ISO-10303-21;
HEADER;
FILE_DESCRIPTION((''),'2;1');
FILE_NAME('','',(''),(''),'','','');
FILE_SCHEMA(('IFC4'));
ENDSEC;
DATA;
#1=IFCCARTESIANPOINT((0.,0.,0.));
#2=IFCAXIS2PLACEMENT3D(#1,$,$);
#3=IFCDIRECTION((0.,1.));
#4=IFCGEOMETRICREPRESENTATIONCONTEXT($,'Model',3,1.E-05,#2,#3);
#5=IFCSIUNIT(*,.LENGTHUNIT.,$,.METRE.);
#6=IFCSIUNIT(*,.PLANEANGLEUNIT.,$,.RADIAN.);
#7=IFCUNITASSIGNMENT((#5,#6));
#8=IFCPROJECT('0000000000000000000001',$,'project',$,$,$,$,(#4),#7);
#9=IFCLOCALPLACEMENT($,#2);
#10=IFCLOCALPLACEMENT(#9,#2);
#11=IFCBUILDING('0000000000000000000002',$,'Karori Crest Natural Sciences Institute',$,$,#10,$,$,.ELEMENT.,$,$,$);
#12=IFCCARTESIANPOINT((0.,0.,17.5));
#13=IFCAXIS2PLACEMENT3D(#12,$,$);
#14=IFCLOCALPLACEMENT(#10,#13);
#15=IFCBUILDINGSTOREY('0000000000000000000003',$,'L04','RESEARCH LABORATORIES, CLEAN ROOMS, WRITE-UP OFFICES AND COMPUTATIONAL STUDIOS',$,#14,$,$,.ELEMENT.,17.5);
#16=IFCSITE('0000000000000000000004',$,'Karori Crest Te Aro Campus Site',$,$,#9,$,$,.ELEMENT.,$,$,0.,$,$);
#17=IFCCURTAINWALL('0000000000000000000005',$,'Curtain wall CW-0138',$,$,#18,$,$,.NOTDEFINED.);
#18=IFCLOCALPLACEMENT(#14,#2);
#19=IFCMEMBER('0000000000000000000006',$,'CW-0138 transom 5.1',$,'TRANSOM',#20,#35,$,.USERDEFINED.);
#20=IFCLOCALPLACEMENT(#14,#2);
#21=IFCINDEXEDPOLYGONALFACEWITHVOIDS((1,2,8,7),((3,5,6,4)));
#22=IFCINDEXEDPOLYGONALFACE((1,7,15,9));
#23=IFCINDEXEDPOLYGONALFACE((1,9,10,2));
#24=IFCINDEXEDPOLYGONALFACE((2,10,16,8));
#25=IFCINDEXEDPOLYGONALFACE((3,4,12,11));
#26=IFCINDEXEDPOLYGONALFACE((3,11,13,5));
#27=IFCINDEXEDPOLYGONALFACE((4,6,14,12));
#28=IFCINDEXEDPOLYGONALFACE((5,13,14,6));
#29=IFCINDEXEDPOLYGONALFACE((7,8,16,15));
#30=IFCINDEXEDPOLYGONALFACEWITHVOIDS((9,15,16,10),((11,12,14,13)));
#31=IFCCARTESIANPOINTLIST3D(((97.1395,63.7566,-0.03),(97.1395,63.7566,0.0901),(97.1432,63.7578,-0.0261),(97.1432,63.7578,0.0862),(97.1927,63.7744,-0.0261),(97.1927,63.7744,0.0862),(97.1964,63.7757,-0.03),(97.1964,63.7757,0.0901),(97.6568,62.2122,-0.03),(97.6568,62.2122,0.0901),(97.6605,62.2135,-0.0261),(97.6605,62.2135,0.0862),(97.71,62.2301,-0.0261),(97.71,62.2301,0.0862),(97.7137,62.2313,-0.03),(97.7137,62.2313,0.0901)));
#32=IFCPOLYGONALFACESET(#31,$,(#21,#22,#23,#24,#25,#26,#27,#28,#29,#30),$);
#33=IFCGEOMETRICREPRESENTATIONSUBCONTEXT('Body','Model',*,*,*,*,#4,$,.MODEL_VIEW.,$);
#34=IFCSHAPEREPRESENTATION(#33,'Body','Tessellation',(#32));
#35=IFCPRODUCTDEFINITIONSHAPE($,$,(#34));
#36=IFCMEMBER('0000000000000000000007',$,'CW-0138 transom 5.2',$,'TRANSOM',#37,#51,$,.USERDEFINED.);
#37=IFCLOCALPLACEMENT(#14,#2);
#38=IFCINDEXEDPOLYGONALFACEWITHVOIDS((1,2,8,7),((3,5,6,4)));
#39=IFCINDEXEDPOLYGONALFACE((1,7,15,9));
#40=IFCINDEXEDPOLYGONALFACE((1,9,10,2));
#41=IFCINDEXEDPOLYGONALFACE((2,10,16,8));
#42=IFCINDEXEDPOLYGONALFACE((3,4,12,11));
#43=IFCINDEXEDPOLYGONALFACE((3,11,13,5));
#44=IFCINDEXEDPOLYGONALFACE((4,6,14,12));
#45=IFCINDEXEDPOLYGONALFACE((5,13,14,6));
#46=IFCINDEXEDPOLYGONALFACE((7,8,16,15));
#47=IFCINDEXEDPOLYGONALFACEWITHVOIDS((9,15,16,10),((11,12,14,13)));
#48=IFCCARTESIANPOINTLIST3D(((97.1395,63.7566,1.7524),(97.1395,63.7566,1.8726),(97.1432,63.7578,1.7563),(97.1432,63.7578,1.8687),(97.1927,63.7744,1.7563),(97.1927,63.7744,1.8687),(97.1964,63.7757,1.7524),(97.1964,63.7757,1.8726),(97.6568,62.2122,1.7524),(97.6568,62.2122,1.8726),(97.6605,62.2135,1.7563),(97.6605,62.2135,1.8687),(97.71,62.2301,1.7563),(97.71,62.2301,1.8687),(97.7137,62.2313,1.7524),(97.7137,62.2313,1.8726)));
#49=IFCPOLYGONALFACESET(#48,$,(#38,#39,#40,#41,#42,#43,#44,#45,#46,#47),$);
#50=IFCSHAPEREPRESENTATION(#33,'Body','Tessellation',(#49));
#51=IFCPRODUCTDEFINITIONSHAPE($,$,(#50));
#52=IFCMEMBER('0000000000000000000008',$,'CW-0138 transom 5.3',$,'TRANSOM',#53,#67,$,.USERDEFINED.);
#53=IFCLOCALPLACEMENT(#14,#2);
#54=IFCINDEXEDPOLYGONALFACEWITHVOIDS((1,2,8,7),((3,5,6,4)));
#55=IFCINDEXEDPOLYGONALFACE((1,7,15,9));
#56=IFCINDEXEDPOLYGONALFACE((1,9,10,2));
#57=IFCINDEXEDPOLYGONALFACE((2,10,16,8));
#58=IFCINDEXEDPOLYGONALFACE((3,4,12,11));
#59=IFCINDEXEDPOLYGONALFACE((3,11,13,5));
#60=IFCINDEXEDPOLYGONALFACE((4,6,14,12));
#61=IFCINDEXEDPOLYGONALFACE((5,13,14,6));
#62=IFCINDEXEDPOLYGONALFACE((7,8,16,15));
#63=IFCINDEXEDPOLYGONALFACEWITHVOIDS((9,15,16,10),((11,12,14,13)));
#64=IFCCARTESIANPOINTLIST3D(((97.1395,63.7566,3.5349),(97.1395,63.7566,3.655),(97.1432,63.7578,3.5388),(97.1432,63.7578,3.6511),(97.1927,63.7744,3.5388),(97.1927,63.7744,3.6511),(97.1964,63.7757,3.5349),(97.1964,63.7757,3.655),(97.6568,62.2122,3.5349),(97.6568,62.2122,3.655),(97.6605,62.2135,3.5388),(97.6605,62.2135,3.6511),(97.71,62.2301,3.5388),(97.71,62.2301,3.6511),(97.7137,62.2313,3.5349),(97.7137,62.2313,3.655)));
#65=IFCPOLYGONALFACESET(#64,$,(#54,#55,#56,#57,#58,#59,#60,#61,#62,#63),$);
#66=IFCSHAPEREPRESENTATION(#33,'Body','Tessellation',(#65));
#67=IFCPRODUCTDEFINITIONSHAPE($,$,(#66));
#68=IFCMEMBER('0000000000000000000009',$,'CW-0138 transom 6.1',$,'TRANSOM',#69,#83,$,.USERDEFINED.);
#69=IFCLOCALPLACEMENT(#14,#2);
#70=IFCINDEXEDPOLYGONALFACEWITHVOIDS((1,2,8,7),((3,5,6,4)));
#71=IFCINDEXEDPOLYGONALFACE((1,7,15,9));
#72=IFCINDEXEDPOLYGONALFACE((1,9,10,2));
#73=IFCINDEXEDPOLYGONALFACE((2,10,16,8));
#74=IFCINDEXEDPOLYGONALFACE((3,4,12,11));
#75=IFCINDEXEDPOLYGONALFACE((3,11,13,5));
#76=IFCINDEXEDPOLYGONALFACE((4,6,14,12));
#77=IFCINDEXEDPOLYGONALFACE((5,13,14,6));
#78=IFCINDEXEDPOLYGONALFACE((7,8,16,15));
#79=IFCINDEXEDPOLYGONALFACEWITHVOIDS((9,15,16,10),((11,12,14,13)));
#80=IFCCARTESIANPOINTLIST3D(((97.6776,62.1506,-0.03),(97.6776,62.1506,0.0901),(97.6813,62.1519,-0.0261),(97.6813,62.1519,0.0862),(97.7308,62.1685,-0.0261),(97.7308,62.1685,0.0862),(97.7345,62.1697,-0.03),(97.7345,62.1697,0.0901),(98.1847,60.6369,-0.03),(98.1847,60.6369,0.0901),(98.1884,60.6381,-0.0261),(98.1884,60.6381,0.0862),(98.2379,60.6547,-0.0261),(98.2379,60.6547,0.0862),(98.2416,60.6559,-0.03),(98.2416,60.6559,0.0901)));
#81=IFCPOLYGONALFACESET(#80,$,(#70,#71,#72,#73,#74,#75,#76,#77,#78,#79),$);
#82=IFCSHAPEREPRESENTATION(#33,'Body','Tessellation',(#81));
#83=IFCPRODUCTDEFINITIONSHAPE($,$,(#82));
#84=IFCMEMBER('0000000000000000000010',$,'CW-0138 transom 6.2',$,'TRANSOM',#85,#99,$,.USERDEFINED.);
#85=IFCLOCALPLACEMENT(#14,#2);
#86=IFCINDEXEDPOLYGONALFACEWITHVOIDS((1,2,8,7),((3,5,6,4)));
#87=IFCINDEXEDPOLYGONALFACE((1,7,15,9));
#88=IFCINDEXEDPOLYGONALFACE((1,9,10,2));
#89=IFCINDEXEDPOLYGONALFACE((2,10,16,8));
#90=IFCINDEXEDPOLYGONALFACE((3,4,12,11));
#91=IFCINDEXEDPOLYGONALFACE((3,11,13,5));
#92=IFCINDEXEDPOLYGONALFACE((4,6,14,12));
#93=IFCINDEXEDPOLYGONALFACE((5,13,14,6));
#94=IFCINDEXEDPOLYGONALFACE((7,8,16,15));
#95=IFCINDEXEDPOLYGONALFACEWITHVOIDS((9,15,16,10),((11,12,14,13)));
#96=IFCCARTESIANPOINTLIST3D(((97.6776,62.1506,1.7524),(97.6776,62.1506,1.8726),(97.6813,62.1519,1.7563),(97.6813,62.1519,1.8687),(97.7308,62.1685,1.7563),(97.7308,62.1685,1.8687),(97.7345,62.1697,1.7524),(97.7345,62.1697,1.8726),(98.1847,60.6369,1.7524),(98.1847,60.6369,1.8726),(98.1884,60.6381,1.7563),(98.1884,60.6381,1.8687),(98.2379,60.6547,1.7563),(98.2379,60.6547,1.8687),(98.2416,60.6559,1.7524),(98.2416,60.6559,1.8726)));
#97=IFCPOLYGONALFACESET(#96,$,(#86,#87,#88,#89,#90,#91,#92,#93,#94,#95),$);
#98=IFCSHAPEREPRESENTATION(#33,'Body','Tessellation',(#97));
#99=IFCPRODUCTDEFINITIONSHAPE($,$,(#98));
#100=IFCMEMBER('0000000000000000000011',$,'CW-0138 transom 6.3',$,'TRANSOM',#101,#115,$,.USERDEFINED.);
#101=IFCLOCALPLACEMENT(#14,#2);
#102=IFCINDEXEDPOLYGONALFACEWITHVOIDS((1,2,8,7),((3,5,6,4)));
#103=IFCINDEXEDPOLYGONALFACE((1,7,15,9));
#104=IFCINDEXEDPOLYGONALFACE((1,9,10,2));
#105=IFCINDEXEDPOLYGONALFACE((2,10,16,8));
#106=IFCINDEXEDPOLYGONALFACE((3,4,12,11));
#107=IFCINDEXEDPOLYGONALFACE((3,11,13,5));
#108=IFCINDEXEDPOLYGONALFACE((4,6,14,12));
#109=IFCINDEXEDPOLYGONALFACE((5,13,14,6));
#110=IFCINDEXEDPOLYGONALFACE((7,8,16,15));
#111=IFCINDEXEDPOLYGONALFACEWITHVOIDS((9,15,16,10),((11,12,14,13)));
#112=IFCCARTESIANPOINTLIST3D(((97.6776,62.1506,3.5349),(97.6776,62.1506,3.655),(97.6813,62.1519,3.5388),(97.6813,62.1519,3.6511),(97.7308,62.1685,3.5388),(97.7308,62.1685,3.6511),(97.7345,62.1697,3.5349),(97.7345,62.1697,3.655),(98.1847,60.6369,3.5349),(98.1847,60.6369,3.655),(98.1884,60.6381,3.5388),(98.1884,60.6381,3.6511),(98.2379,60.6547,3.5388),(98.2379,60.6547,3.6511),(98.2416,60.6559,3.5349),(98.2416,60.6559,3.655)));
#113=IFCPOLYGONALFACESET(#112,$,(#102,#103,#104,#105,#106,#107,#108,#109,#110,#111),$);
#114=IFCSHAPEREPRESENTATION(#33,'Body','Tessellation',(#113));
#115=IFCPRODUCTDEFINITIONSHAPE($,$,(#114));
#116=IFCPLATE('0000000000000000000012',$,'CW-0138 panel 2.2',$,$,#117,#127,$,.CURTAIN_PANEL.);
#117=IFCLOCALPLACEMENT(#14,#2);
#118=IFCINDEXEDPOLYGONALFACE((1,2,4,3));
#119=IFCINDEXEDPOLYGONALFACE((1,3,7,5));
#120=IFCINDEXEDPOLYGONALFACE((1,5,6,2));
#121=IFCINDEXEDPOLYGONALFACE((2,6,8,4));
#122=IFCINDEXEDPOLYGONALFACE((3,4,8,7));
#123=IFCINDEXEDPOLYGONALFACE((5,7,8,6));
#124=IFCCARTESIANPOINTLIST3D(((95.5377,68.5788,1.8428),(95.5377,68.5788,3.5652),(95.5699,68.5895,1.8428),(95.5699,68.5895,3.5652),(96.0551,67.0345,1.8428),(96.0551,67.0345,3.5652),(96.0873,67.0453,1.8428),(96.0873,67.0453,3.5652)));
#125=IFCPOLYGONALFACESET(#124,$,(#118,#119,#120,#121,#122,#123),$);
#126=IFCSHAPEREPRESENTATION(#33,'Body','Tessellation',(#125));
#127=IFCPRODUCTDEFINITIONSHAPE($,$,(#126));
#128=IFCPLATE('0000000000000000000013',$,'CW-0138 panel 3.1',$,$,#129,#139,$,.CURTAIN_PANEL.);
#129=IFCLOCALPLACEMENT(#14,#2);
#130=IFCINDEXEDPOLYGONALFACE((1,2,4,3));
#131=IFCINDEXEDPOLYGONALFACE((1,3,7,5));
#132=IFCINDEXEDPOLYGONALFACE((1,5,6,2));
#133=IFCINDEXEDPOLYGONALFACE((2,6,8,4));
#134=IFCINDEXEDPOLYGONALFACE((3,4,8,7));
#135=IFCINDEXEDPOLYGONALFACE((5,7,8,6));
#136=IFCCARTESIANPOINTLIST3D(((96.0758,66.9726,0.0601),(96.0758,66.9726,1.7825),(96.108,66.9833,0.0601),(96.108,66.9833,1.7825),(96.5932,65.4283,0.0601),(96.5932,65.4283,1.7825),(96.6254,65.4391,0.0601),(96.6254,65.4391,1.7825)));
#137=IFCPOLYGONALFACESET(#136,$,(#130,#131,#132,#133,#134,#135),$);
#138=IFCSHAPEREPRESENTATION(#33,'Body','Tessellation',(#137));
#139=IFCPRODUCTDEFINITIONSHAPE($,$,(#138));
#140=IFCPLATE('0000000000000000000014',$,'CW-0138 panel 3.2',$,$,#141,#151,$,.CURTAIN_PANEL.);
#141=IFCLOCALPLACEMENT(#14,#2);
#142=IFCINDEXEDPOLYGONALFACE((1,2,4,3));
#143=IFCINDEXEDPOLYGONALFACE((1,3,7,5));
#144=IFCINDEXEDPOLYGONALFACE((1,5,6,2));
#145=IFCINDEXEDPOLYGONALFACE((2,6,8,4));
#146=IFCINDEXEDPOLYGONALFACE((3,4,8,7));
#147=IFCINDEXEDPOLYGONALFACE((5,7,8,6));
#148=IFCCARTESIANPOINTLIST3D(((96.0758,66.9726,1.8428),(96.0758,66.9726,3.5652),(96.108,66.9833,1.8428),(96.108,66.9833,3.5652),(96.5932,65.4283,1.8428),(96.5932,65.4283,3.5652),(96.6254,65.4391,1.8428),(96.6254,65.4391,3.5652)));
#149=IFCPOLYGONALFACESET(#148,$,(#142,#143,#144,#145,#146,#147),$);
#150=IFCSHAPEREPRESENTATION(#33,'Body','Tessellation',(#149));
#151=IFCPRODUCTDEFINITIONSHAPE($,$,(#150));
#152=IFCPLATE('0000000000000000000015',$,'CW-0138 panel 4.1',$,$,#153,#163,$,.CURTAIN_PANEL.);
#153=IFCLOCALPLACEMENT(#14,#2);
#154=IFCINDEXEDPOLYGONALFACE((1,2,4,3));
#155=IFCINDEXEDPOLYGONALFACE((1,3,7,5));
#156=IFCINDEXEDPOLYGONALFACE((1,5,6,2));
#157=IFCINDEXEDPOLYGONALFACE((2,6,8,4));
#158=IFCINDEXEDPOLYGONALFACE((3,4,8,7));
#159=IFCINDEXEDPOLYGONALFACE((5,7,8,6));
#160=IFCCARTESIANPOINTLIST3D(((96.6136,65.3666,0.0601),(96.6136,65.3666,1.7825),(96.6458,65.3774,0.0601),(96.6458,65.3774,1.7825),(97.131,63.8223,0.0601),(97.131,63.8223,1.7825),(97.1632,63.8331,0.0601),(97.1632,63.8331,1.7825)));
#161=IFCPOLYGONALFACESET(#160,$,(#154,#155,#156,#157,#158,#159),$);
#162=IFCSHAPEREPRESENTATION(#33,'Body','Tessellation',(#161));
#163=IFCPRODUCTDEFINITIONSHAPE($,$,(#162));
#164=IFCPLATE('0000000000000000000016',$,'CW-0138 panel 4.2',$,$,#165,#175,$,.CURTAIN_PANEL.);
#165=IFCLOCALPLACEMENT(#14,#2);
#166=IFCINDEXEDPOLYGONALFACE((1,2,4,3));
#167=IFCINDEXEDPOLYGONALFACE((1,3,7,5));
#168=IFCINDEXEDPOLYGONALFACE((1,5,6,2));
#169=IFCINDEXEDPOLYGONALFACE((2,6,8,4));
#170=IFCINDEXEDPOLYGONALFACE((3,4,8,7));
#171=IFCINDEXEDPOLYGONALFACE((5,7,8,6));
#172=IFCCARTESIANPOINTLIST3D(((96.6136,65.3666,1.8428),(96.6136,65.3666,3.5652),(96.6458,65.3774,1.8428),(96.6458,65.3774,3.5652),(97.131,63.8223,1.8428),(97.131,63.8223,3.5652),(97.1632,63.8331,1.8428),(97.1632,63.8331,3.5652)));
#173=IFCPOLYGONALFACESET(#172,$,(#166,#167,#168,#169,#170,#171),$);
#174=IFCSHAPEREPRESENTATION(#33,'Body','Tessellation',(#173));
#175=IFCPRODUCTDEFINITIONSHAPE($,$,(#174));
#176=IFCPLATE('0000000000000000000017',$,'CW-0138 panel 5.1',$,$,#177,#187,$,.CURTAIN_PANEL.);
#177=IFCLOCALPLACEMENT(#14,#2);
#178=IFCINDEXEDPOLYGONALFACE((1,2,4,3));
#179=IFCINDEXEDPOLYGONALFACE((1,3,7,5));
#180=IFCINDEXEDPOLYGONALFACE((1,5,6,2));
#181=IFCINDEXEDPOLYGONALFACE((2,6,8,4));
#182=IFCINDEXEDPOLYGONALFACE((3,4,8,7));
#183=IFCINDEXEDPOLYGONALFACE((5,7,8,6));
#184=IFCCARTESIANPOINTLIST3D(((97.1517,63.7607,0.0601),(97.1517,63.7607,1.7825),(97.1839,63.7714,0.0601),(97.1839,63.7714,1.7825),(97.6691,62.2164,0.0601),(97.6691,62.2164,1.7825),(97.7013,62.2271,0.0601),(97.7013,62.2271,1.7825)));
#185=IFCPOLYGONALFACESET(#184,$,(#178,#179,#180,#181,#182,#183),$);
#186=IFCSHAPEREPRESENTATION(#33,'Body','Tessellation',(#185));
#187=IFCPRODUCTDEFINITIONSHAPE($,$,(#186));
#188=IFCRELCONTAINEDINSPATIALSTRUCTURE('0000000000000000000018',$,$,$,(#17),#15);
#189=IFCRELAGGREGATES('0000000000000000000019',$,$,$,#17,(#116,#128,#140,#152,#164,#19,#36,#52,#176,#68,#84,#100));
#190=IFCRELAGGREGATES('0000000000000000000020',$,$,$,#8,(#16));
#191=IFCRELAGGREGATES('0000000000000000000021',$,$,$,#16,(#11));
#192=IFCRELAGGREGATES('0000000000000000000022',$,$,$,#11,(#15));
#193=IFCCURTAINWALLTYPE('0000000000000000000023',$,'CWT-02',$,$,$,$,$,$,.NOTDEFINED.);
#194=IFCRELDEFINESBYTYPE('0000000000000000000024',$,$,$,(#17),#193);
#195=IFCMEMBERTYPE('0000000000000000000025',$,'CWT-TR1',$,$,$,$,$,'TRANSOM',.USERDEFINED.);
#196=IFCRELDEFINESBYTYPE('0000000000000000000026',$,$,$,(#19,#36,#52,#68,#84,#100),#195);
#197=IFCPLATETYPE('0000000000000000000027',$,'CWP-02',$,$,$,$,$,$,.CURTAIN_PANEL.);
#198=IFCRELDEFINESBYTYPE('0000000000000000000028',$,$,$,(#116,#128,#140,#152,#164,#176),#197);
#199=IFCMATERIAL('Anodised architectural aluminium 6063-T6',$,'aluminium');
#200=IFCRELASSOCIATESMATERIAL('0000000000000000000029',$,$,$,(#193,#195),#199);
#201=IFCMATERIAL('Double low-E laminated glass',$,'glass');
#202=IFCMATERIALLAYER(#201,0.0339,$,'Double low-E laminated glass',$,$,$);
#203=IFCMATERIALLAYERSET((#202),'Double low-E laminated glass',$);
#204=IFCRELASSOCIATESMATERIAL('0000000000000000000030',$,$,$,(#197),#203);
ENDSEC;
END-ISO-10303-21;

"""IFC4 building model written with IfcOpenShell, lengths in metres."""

from ifc_helpers import new_model, si_unit, direction, frame, origin, origin_2d, place, context, subcontext, project, spatial, rectangle, hollow_rectangle, extrude, material, layer, layer_set, material_profile, profile_set, type_object, element, aggregate, save


model = new_model("IFC4")

# Units and contexts
model_context = context("Model", 3, precision=1e-05, world=origin(), true_north=direction((0.0, 1.0)))
body_context = subcontext(model_context, "Body", "Model", "MODEL_VIEW")
ifc_project = project(units=[si_unit("LENGTHUNIT", "METRE"), si_unit("PLANEANGLEUNIT", "RADIAN")], contexts=[model_context])

# Site, building, storey
site_placement = place(None, origin())
site = spatial("IfcSite", under=ifc_project, at=site_placement, Name="Karori Crest Te Aro Campus Site", CompositionType="ELEMENT", RefElevation=0.0)
building_placement = place(site_placement, origin())
building = spatial("IfcBuilding", under=site, at=building_placement, Name="Karori Crest Natural Sciences Institute", CompositionType="ELEMENT")
storey_placement = place(building_placement, frame((0.0, 0.0, 17.5)))
storey = spatial("IfcBuildingStorey", under=building, at=storey_placement, Name="L04", Description="RESEARCH LABORATORIES, CLEAN ROOMS, WRITE-UP OFFICES AND COMPUTATIONAL STUDIOS", CompositionType="ELEMENT", Elevation=17.5)

# Curtain wall, members, plates
ifc_material_1 = material(Name="Anodised architectural aluminium 6063-T6", Category="aluminium")
curtain_wall_type = type_object("IfcCurtainWallType", Name="CWT-02", PredefinedType="NOTDEFINED", material=ifc_material_1)
curtain_wall_placement = place(storey_placement, origin())
curtain_wall = element("IfcCurtainWall", 1, at=curtain_wall_placement, inside=storey, type_object=curtain_wall_type, Name="Curtain wall CW-0138", PredefinedType="NOTDEFINED")
ifc_material_profile_1 = material_profile(ifc_material_1, hollow_rectangle(XDim=0.0601, YDim=0.1201, WallThickness=0.0039, at=origin_2d()), Name="CWT120x60x4")
ifc_profile_set_1 = profile_set([ifc_material_profile_1], Name="Anodised architectural aluminium 6063-T6")
member_type_1 = type_object("IfcMemberType", Name="CWT-TR1", ElementType="TRANSOM", PredefinedType="USERDEFINED", material=ifc_profile_set_1)
member_1_placement = place(storey_placement, frame((97.168, 63.7661, 0.03), z_axis=(0.317621, -0.948218, 0.0), x_axis=(0.948218, 0.317621, 0.0)))
member_1 = element("IfcMember", 2, at=member_1_placement, type_object=member_type_1, Name="CW-0138 transom 5.1", ObjectType="TRANSOM", PredefinedType="USERDEFINED", context=body_context, shape_type="SweptSolid", body=[
    extrude(hollow_rectangle(XDim=0.0601, YDim=0.1201, WallThickness=0.0039, at=origin_2d()), origin(), (0.0, 0.0, 1.0), 1.6287),
])
member_2_placement = place(storey_placement, frame((97.168, 63.7661, 1.8125), z_axis=(0.317621, -0.948218, 0.0), x_axis=(0.948218, 0.317621, 0.0)))
member_2 = element("IfcMember", 3, at=member_2_placement, type_object=member_type_1, Name="CW-0138 transom 5.2", ObjectType="TRANSOM", PredefinedType="USERDEFINED", context=body_context, shape_type="SweptSolid", body=[
    extrude(hollow_rectangle(XDim=0.0601, YDim=0.1201, WallThickness=0.0039, at=origin_2d()), origin(), (0.0, 0.0, 1.0), 1.6287),
])
member_3_placement = place(storey_placement, frame((97.168, 63.7661, 3.595), z_axis=(0.317621, -0.948218, 0.0), x_axis=(0.948218, 0.317621, 0.0)))
member_3 = element("IfcMember", 4, at=member_3_placement, type_object=member_type_1, Name="CW-0138 transom 5.3", ObjectType="TRANSOM", PredefinedType="USERDEFINED", context=body_context, shape_type="SweptSolid", body=[
    extrude(hollow_rectangle(XDim=0.0601, YDim=0.1201, WallThickness=0.0039, at=origin_2d()), origin(), (0.0, 0.0, 1.0), 1.6287),
])
member_4_placement = place(storey_placement, frame((97.7061, 62.1602, 0.03), z_axis=(0.31765, -0.948208, 0.0), x_axis=(0.948208, 0.31765, 0.0)))
member_4 = element("IfcMember", 5, at=member_4_placement, type_object=member_type_1, Name="CW-0138 transom 6.1", ObjectType="TRANSOM", PredefinedType="USERDEFINED", context=body_context, shape_type="SweptSolid", body=[
    extrude(hollow_rectangle(XDim=0.0601, YDim=0.1201, WallThickness=0.0039, at=origin_2d()), origin(), (0.0, 0.0, 1.0), 1.5964),
])
member_5_placement = place(storey_placement, frame((97.7061, 62.1602, 1.8125), z_axis=(0.31765, -0.948208, 0.0), x_axis=(0.948208, 0.31765, 0.0)))
member_5 = element("IfcMember", 6, at=member_5_placement, type_object=member_type_1, Name="CW-0138 transom 6.2", ObjectType="TRANSOM", PredefinedType="USERDEFINED", context=body_context, shape_type="SweptSolid", body=[
    extrude(hollow_rectangle(XDim=0.0601, YDim=0.1201, WallThickness=0.0039, at=origin_2d()), origin(), (0.0, 0.0, 1.0), 1.5964),
])
member_6_placement = place(storey_placement, frame((97.7061, 62.1602, 3.595), z_axis=(0.31765, -0.948208, 0.0), x_axis=(0.948208, 0.31765, 0.0)))
member_6 = element("IfcMember", 7, at=member_6_placement, type_object=member_type_1, Name="CW-0138 transom 6.3", ObjectType="TRANSOM", PredefinedType="USERDEFINED", context=body_context, shape_type="SweptSolid", body=[
    extrude(hollow_rectangle(XDim=0.0601, YDim=0.1201, WallThickness=0.0039, at=origin_2d()), origin(), (0.0, 0.0, 1.0), 1.5964),
])
ifc_material_2 = material(Name="Double low-E laminated glass", Category="glass")
ifc_layer_1 = layer(ifc_material_2, 0.0339, Name="Double low-E laminated glass")
ifc_layer_set_1 = layer_set([ifc_layer_1], Name="Double low-E laminated glass")
plate_type = type_object("IfcPlateType", Name="CWP-02", PredefinedType="CURTAIN_PANEL", material=ifc_layer_set_1)
plate_1_placement = place(storey_placement, frame((95.8125, 67.812, 1.8428), z_axis=(0.0, 0.0, 1.0), x_axis=(0.31768, -0.948198, 0.0)))
plate_1 = element("IfcPlate", 8, at=plate_1_placement, type_object=plate_type, Name="CW-0138 panel 2.2", PredefinedType="CURTAIN_PANEL", context=body_context, shape_type="SweptSolid", body=[
    extrude(rectangle(XDim=1.6287, YDim=0.0339, at=origin_2d()), origin(), (0.0, 0.0, 1.0), 1.7224),
])
plate_2_placement = place(storey_placement, frame((96.3506, 66.2058, 0.0601), z_axis=(0.0, 0.0, 1.0), x_axis=(0.31768, -0.948198, 0.0)))
plate_2 = element("IfcPlate", 9, at=plate_2_placement, type_object=plate_type, Name="CW-0138 panel 3.1", PredefinedType="CURTAIN_PANEL", context=body_context, shape_type="SweptSolid", body=[
    extrude(rectangle(XDim=1.6287, YDim=0.0339, at=origin_2d()), origin(), (0.0, 0.0, 1.0), 1.7224),
])
plate_3_placement = place(storey_placement, frame((96.3506, 66.2058, 1.8428), z_axis=(0.0, 0.0, 1.0), x_axis=(0.31768, -0.948198, 0.0)))
plate_3 = element("IfcPlate", 10, at=plate_3_placement, type_object=plate_type, Name="CW-0138 panel 3.2", PredefinedType="CURTAIN_PANEL", context=body_context, shape_type="SweptSolid", body=[
    extrude(rectangle(XDim=1.6287, YDim=0.0339, at=origin_2d()), origin(), (0.0, 0.0, 1.0), 1.7224),
])
plate_4_placement = place(storey_placement, frame((96.8884, 64.5999, 0.0601), z_axis=(0.0, 0.0, 1.0), x_axis=(0.31768, -0.948198, 0.0)))
plate_4 = element("IfcPlate", 11, at=plate_4_placement, type_object=plate_type, Name="CW-0138 panel 4.1", PredefinedType="CURTAIN_PANEL", context=body_context, shape_type="SweptSolid", body=[
    extrude(rectangle(XDim=1.6287, YDim=0.0339, at=origin_2d()), origin(), (0.0, 0.0, 1.0), 1.7224),
])
plate_5_placement = place(storey_placement, frame((96.8884, 64.5999, 1.8428), z_axis=(0.0, 0.0, 1.0), x_axis=(0.31768, -0.948198, 0.0)))
plate_5 = element("IfcPlate", 12, at=plate_5_placement, type_object=plate_type, Name="CW-0138 panel 4.2", PredefinedType="CURTAIN_PANEL", context=body_context, shape_type="SweptSolid", body=[
    extrude(rectangle(XDim=1.6287, YDim=0.0339, at=origin_2d()), origin(), (0.0, 0.0, 1.0), 1.7224),
])
plate_6_placement = place(storey_placement, frame((97.4265, 62.9939, 0.0601), z_axis=(0.0, 0.0, 1.0), x_axis=(0.31768, -0.948198, 0.0)))
plate_6 = element("IfcPlate", 13, at=plate_6_placement, type_object=plate_type, Name="CW-0138 panel 5.1", PredefinedType="CURTAIN_PANEL", context=body_context, shape_type="SweptSolid", body=[
    extrude(rectangle(XDim=1.6287, YDim=0.0339, at=origin_2d()), origin(), (0.0, 0.0, 1.0), 1.7224),
])
aggregate(curtain_wall, [plate_1, plate_2, plate_3, plate_4, plate_5, member_1, member_2, member_3, plate_6, member_4, member_5, member_6])

save(model, "model.ifc")
